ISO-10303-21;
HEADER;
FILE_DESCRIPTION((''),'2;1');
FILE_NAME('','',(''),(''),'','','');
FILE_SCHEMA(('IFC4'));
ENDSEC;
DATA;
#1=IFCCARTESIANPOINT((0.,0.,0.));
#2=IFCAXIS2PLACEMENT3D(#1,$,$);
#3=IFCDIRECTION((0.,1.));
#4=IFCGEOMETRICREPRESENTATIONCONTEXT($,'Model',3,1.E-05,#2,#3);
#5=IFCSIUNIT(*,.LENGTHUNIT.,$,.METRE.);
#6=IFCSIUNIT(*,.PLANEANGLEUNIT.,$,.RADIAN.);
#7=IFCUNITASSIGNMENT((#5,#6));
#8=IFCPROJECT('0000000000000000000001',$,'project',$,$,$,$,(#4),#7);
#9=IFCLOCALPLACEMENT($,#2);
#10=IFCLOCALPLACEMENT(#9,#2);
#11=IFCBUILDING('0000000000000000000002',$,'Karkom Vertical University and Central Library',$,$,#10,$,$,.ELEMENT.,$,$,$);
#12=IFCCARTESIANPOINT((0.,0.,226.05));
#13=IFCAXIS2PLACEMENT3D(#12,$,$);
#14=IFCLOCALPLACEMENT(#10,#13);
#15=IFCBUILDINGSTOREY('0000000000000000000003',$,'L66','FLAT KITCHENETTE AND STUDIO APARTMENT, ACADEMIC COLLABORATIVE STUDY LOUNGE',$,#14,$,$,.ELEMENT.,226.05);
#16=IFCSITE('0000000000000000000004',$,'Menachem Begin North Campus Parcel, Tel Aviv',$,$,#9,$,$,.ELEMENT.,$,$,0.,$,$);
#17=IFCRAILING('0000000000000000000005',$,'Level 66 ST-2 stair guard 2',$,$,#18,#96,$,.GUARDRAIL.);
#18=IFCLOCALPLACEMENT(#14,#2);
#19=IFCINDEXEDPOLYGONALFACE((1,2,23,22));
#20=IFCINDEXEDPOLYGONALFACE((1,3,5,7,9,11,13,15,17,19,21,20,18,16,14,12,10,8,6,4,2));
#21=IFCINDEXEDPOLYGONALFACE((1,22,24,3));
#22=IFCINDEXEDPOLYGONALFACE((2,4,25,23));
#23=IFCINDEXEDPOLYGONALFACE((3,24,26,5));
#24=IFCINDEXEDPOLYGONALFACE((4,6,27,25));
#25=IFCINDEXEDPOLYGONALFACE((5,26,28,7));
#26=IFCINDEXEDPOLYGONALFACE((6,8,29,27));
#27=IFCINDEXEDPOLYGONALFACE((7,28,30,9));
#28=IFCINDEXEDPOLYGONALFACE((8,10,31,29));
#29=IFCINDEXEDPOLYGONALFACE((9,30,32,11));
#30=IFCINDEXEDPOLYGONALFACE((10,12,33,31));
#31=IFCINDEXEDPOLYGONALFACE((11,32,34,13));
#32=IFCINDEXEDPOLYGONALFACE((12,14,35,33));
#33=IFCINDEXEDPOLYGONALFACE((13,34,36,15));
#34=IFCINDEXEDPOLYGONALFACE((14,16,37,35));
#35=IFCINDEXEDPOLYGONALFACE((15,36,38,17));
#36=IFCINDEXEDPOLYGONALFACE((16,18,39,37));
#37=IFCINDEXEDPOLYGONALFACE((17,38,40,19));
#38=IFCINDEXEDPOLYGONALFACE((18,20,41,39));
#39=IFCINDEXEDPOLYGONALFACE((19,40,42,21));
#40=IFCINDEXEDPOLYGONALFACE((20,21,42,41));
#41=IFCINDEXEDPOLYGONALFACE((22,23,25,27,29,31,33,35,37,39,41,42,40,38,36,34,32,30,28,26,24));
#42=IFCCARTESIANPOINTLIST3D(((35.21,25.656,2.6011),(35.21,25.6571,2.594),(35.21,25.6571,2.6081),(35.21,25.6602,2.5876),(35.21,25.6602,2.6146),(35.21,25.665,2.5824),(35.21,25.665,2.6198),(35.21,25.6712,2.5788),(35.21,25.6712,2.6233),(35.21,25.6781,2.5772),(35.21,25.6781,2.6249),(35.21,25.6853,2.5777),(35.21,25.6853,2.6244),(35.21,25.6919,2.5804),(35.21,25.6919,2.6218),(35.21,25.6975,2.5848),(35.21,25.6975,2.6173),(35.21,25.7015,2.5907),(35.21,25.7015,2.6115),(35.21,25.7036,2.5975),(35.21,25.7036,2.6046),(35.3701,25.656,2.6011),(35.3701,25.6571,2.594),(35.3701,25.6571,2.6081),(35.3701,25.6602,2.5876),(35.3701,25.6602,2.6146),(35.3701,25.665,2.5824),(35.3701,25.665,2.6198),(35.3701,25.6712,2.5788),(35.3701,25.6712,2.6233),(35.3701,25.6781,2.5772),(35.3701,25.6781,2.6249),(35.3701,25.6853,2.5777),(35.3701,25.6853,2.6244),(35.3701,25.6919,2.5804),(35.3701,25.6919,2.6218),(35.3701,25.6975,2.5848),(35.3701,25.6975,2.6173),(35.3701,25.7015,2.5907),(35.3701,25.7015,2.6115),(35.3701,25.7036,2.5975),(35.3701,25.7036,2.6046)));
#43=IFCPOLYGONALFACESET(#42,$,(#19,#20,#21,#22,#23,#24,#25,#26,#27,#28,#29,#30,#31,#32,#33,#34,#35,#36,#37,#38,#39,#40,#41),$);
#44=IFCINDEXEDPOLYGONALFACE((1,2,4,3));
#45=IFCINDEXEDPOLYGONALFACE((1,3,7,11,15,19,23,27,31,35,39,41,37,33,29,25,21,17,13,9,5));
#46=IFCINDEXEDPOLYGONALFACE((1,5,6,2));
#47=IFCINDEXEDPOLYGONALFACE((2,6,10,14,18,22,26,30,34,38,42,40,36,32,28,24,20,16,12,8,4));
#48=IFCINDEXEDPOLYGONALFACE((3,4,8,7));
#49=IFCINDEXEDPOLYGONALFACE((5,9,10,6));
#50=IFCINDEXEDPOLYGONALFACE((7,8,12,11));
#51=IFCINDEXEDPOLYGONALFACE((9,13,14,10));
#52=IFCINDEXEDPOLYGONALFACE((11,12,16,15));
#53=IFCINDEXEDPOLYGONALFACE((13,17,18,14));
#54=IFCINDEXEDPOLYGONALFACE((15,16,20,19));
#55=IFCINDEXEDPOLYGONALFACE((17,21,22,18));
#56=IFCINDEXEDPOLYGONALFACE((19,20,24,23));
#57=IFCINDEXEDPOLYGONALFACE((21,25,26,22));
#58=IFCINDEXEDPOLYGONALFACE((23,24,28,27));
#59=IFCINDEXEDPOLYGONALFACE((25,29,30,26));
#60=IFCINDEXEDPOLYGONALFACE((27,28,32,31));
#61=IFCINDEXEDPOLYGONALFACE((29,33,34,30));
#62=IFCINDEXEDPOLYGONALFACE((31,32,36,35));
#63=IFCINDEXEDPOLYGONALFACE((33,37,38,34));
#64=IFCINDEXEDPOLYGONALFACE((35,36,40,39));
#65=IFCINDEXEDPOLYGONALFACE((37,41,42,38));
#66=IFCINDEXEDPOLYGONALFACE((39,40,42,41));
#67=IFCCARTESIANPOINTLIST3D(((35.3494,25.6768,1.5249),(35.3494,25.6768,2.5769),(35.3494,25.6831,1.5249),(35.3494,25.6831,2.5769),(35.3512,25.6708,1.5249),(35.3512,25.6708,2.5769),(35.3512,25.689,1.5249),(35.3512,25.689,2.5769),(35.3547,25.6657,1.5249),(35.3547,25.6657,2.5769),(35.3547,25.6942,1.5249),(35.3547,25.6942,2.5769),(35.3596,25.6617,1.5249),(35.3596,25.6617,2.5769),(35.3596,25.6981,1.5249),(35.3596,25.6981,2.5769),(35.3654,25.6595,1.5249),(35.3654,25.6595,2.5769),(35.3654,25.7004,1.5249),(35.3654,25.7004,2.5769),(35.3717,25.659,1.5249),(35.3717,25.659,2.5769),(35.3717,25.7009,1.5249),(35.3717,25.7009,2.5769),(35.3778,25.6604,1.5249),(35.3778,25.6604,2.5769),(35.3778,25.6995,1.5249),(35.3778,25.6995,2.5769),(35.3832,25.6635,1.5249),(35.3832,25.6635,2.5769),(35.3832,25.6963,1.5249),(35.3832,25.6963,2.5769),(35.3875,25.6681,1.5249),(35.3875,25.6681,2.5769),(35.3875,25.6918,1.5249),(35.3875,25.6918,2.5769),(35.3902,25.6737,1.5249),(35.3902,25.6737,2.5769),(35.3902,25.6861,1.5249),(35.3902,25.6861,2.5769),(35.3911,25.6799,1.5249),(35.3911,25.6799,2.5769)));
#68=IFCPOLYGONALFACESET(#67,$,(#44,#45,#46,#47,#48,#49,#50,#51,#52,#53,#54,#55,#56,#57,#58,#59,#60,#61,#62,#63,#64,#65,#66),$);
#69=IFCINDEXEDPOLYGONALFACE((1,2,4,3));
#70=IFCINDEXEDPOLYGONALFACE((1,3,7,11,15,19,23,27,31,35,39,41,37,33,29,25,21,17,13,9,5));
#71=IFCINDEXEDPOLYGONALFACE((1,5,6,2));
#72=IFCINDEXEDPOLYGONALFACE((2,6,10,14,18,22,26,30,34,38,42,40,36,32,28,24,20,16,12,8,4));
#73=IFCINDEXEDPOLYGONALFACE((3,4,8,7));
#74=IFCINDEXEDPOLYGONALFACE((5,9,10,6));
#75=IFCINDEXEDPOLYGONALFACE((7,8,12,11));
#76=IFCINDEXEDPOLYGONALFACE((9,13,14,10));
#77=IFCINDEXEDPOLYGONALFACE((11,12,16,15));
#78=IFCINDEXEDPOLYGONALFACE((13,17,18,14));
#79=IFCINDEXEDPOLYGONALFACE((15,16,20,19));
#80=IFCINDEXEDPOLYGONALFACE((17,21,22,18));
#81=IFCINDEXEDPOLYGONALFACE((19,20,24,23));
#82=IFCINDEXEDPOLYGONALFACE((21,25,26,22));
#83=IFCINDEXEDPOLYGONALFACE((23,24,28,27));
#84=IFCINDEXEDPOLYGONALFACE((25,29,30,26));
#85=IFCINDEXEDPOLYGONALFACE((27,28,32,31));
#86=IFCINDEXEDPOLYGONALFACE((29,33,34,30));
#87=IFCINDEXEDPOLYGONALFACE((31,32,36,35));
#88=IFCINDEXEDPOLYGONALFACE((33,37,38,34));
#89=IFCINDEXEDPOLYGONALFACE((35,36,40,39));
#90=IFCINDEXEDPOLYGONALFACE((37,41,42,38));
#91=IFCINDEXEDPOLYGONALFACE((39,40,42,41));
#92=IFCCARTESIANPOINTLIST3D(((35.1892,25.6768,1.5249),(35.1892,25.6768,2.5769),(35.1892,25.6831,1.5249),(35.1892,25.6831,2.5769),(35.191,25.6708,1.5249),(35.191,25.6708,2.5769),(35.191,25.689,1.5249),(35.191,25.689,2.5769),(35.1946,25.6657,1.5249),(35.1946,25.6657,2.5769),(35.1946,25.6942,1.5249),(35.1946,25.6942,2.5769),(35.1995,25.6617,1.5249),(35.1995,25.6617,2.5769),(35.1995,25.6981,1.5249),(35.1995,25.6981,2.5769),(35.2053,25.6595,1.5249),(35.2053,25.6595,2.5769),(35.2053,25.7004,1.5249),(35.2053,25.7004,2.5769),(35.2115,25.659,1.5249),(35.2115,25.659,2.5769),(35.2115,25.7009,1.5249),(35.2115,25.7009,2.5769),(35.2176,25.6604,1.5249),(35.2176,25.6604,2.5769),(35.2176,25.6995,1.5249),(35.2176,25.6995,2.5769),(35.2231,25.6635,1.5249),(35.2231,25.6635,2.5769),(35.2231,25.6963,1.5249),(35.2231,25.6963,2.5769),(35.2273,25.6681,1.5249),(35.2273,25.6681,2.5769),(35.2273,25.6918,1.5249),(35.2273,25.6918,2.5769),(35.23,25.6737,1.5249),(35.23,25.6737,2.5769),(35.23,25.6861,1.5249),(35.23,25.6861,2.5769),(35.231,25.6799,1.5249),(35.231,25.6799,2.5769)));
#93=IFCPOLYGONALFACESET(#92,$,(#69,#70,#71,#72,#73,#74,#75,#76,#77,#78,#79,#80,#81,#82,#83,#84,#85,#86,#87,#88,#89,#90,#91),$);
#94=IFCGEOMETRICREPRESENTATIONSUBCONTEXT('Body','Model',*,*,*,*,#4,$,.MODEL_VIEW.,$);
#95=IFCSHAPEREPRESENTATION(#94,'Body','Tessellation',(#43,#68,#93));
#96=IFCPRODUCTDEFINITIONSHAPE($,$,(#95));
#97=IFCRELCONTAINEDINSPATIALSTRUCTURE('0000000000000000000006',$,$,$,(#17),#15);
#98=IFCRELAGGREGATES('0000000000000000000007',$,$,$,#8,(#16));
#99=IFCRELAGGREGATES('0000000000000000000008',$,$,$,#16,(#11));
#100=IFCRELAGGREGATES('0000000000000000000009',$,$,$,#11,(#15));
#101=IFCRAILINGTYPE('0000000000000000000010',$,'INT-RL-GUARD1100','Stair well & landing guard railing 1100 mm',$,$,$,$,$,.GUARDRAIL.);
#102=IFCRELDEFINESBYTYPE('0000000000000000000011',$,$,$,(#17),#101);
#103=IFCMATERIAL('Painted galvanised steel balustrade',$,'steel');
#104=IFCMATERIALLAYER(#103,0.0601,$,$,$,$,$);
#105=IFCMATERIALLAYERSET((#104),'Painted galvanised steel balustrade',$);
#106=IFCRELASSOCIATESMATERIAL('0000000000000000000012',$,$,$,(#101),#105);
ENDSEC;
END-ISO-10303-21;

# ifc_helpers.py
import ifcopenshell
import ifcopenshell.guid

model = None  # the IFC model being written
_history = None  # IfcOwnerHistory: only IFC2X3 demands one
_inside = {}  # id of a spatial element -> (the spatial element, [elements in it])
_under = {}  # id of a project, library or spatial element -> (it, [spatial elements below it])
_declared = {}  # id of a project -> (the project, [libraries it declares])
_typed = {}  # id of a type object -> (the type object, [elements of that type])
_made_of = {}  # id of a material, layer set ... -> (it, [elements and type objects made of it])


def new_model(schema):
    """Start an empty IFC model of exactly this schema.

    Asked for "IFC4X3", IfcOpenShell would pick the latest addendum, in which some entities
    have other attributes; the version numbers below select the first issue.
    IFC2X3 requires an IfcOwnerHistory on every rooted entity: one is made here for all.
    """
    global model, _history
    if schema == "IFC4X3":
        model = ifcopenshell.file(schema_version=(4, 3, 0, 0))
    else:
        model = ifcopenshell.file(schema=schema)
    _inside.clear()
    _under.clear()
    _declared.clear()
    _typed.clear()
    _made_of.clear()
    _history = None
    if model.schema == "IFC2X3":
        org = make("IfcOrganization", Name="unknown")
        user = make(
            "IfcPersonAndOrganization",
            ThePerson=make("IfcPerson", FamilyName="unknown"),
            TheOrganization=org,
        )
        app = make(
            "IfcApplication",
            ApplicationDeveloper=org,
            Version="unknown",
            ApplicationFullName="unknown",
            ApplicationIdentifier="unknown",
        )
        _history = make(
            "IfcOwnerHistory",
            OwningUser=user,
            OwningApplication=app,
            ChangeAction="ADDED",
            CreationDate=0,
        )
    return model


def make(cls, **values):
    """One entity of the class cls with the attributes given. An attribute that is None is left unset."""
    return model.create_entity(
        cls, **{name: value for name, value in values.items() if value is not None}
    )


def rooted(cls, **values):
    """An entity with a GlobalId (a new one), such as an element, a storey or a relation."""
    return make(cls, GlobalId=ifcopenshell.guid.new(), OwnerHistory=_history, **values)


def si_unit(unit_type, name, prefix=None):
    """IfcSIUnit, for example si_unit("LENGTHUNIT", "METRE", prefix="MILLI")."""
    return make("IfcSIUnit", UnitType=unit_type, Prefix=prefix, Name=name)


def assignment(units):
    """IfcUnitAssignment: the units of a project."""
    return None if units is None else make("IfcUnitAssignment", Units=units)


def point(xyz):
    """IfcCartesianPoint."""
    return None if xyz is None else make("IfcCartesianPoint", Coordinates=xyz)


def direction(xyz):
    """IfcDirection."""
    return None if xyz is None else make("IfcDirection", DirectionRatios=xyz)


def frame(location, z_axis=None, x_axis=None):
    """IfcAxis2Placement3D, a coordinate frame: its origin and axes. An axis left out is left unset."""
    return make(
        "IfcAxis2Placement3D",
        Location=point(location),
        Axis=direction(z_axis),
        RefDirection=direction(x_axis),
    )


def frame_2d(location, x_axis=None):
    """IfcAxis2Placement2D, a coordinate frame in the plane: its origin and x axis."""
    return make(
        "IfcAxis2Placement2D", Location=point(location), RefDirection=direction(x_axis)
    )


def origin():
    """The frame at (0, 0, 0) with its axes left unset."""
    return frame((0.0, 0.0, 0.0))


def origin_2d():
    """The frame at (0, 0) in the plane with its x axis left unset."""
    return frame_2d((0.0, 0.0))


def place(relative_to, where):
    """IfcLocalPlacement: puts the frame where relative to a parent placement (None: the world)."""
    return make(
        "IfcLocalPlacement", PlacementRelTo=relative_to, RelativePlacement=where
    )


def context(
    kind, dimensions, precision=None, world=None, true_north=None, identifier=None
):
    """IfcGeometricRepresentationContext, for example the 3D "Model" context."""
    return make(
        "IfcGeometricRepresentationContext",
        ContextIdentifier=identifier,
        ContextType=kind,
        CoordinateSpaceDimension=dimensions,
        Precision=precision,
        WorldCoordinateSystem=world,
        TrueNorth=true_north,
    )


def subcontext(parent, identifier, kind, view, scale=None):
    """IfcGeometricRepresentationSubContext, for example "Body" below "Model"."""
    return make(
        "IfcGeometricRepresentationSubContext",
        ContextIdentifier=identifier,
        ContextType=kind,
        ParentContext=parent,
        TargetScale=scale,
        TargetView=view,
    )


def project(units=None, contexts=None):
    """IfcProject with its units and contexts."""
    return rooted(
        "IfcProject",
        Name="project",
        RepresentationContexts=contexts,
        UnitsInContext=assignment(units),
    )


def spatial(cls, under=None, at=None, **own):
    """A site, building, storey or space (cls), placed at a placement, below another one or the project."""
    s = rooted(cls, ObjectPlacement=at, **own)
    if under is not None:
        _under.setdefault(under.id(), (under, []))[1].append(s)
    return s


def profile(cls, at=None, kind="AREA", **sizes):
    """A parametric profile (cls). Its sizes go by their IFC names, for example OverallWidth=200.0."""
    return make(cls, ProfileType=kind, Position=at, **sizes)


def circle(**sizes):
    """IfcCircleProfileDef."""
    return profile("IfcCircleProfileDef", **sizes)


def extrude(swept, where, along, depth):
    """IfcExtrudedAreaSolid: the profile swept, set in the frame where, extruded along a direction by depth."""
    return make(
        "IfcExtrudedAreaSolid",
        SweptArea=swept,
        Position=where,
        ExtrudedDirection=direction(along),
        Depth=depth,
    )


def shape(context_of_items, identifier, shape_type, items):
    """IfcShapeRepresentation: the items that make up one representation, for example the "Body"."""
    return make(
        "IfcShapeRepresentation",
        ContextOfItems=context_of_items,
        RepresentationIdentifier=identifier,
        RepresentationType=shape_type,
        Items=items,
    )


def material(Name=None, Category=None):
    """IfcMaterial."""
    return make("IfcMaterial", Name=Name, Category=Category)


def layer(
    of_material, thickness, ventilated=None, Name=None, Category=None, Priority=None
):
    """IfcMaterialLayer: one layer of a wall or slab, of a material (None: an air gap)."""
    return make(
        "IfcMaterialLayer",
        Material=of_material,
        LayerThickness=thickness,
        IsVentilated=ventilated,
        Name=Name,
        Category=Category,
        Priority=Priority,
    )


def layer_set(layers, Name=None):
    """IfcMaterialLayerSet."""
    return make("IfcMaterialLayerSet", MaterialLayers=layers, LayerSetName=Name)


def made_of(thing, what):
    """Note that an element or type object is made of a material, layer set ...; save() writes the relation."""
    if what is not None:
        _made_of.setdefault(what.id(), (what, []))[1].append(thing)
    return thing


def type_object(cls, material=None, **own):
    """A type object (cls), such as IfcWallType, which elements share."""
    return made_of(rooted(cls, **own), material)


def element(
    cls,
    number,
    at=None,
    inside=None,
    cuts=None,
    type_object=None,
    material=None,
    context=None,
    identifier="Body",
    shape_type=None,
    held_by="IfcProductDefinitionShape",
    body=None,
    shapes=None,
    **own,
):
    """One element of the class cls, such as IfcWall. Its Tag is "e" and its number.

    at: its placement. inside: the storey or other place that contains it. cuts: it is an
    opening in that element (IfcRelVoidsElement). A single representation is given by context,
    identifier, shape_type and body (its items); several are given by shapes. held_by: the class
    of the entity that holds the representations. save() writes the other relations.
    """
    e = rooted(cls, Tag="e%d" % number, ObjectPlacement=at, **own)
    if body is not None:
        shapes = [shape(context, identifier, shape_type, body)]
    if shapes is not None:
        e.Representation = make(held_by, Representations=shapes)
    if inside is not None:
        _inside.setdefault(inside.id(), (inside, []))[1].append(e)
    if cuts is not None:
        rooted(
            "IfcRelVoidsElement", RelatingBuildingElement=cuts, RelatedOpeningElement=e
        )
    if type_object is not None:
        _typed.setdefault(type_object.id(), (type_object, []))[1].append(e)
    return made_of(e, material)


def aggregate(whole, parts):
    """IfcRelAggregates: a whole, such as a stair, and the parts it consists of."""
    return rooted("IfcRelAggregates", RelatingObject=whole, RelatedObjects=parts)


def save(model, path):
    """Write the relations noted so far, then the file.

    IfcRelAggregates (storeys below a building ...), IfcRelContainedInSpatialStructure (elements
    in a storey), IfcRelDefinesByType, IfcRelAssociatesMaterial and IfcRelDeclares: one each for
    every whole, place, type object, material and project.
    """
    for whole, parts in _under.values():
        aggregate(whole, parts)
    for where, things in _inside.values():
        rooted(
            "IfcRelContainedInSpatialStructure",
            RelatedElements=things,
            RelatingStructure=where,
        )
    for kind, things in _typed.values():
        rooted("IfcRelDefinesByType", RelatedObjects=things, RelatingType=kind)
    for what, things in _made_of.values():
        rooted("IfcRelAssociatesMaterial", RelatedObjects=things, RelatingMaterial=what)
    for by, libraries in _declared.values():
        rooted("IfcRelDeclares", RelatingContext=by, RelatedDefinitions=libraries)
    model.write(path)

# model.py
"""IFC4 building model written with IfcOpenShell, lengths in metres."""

from ifc_helpers import new_model, si_unit, direction, frame, origin, origin_2d, place, context, subcontext, project, spatial, circle, extrude, material, layer, layer_set, type_object, element, save


model = new_model("IFC4")

# Units and contexts
model_context = context("Model", 3, precision=1e-05, world=origin(), true_north=direction((0.0, 1.0)))
body_context = subcontext(model_context, "Body", "Model", "MODEL_VIEW")
ifc_project = project(units=[si_unit("LENGTHUNIT", "METRE"), si_unit("PLANEANGLEUNIT", "RADIAN")], contexts=[model_context])

# Site, building, storey
site_placement = place(None, origin())
site = spatial("IfcSite", under=ifc_project, at=site_placement, Name="Menachem Begin North Campus Parcel, Tel Aviv", CompositionType="ELEMENT", RefElevation=0.0)
building_placement = place(site_placement, origin())
building = spatial("IfcBuilding", under=site, at=building_placement, Name="Karkom Vertical University and Central Library", CompositionType="ELEMENT")
storey_placement = place(building_placement, frame((0.0, 0.0, 226.05)))
storey = spatial("IfcBuildingStorey", under=building, at=storey_placement, Name="L66", Description="FLAT KITCHENETTE AND STUDIO APARTMENT, ACADEMIC COLLABORATIVE STUDY LOUNGE", CompositionType="ELEMENT", Elevation=226.05)

# Railing
ifc_material_1 = material(Name="Painted galvanised steel balustrade", Category="steel")
ifc_layer_1 = layer(ifc_material_1, 0.0601)
ifc_layer_set_1 = layer_set([ifc_layer_1], Name="Painted galvanised steel balustrade")
railing_type_1 = type_object("IfcRailingType", Name="INT-RL-GUARD1100", Description="Stair well & landing guard railing 1100 mm", PredefinedType="GUARDRAIL", material=ifc_layer_set_1)
railing_1_placement = place(storey_placement, frame((35.3701, 25.6799, 1.5249)))
element("IfcRailing", 1, at=railing_1_placement, inside=storey, type_object=railing_type_1, Name="Level 66 ST-2 stair guard 2", PredefinedType="GUARDRAIL", context=body_context, shape_type="SweptSolid", body=[
    extrude(circle(Radius=0.0239, at=origin_2d()), frame((0.0, 0.0, 1.0762), z_axis=(-1.0, 0.0, 0.0), x_axis=(0.0, -1.0, 0.0)), (0.0, 0.0, 1.0), 0.1602),
    extrude(circle(Radius=0.021, at=origin_2d()), origin(), (0.0, 0.0, 1.0), 1.052),
    extrude(circle(Radius=0.021, at=origin_2d()), frame((-0.1602, 0.0, 0.0)), (0.0, 0.0, 1.0), 1.052),
])

save(model, "model.ifc")
